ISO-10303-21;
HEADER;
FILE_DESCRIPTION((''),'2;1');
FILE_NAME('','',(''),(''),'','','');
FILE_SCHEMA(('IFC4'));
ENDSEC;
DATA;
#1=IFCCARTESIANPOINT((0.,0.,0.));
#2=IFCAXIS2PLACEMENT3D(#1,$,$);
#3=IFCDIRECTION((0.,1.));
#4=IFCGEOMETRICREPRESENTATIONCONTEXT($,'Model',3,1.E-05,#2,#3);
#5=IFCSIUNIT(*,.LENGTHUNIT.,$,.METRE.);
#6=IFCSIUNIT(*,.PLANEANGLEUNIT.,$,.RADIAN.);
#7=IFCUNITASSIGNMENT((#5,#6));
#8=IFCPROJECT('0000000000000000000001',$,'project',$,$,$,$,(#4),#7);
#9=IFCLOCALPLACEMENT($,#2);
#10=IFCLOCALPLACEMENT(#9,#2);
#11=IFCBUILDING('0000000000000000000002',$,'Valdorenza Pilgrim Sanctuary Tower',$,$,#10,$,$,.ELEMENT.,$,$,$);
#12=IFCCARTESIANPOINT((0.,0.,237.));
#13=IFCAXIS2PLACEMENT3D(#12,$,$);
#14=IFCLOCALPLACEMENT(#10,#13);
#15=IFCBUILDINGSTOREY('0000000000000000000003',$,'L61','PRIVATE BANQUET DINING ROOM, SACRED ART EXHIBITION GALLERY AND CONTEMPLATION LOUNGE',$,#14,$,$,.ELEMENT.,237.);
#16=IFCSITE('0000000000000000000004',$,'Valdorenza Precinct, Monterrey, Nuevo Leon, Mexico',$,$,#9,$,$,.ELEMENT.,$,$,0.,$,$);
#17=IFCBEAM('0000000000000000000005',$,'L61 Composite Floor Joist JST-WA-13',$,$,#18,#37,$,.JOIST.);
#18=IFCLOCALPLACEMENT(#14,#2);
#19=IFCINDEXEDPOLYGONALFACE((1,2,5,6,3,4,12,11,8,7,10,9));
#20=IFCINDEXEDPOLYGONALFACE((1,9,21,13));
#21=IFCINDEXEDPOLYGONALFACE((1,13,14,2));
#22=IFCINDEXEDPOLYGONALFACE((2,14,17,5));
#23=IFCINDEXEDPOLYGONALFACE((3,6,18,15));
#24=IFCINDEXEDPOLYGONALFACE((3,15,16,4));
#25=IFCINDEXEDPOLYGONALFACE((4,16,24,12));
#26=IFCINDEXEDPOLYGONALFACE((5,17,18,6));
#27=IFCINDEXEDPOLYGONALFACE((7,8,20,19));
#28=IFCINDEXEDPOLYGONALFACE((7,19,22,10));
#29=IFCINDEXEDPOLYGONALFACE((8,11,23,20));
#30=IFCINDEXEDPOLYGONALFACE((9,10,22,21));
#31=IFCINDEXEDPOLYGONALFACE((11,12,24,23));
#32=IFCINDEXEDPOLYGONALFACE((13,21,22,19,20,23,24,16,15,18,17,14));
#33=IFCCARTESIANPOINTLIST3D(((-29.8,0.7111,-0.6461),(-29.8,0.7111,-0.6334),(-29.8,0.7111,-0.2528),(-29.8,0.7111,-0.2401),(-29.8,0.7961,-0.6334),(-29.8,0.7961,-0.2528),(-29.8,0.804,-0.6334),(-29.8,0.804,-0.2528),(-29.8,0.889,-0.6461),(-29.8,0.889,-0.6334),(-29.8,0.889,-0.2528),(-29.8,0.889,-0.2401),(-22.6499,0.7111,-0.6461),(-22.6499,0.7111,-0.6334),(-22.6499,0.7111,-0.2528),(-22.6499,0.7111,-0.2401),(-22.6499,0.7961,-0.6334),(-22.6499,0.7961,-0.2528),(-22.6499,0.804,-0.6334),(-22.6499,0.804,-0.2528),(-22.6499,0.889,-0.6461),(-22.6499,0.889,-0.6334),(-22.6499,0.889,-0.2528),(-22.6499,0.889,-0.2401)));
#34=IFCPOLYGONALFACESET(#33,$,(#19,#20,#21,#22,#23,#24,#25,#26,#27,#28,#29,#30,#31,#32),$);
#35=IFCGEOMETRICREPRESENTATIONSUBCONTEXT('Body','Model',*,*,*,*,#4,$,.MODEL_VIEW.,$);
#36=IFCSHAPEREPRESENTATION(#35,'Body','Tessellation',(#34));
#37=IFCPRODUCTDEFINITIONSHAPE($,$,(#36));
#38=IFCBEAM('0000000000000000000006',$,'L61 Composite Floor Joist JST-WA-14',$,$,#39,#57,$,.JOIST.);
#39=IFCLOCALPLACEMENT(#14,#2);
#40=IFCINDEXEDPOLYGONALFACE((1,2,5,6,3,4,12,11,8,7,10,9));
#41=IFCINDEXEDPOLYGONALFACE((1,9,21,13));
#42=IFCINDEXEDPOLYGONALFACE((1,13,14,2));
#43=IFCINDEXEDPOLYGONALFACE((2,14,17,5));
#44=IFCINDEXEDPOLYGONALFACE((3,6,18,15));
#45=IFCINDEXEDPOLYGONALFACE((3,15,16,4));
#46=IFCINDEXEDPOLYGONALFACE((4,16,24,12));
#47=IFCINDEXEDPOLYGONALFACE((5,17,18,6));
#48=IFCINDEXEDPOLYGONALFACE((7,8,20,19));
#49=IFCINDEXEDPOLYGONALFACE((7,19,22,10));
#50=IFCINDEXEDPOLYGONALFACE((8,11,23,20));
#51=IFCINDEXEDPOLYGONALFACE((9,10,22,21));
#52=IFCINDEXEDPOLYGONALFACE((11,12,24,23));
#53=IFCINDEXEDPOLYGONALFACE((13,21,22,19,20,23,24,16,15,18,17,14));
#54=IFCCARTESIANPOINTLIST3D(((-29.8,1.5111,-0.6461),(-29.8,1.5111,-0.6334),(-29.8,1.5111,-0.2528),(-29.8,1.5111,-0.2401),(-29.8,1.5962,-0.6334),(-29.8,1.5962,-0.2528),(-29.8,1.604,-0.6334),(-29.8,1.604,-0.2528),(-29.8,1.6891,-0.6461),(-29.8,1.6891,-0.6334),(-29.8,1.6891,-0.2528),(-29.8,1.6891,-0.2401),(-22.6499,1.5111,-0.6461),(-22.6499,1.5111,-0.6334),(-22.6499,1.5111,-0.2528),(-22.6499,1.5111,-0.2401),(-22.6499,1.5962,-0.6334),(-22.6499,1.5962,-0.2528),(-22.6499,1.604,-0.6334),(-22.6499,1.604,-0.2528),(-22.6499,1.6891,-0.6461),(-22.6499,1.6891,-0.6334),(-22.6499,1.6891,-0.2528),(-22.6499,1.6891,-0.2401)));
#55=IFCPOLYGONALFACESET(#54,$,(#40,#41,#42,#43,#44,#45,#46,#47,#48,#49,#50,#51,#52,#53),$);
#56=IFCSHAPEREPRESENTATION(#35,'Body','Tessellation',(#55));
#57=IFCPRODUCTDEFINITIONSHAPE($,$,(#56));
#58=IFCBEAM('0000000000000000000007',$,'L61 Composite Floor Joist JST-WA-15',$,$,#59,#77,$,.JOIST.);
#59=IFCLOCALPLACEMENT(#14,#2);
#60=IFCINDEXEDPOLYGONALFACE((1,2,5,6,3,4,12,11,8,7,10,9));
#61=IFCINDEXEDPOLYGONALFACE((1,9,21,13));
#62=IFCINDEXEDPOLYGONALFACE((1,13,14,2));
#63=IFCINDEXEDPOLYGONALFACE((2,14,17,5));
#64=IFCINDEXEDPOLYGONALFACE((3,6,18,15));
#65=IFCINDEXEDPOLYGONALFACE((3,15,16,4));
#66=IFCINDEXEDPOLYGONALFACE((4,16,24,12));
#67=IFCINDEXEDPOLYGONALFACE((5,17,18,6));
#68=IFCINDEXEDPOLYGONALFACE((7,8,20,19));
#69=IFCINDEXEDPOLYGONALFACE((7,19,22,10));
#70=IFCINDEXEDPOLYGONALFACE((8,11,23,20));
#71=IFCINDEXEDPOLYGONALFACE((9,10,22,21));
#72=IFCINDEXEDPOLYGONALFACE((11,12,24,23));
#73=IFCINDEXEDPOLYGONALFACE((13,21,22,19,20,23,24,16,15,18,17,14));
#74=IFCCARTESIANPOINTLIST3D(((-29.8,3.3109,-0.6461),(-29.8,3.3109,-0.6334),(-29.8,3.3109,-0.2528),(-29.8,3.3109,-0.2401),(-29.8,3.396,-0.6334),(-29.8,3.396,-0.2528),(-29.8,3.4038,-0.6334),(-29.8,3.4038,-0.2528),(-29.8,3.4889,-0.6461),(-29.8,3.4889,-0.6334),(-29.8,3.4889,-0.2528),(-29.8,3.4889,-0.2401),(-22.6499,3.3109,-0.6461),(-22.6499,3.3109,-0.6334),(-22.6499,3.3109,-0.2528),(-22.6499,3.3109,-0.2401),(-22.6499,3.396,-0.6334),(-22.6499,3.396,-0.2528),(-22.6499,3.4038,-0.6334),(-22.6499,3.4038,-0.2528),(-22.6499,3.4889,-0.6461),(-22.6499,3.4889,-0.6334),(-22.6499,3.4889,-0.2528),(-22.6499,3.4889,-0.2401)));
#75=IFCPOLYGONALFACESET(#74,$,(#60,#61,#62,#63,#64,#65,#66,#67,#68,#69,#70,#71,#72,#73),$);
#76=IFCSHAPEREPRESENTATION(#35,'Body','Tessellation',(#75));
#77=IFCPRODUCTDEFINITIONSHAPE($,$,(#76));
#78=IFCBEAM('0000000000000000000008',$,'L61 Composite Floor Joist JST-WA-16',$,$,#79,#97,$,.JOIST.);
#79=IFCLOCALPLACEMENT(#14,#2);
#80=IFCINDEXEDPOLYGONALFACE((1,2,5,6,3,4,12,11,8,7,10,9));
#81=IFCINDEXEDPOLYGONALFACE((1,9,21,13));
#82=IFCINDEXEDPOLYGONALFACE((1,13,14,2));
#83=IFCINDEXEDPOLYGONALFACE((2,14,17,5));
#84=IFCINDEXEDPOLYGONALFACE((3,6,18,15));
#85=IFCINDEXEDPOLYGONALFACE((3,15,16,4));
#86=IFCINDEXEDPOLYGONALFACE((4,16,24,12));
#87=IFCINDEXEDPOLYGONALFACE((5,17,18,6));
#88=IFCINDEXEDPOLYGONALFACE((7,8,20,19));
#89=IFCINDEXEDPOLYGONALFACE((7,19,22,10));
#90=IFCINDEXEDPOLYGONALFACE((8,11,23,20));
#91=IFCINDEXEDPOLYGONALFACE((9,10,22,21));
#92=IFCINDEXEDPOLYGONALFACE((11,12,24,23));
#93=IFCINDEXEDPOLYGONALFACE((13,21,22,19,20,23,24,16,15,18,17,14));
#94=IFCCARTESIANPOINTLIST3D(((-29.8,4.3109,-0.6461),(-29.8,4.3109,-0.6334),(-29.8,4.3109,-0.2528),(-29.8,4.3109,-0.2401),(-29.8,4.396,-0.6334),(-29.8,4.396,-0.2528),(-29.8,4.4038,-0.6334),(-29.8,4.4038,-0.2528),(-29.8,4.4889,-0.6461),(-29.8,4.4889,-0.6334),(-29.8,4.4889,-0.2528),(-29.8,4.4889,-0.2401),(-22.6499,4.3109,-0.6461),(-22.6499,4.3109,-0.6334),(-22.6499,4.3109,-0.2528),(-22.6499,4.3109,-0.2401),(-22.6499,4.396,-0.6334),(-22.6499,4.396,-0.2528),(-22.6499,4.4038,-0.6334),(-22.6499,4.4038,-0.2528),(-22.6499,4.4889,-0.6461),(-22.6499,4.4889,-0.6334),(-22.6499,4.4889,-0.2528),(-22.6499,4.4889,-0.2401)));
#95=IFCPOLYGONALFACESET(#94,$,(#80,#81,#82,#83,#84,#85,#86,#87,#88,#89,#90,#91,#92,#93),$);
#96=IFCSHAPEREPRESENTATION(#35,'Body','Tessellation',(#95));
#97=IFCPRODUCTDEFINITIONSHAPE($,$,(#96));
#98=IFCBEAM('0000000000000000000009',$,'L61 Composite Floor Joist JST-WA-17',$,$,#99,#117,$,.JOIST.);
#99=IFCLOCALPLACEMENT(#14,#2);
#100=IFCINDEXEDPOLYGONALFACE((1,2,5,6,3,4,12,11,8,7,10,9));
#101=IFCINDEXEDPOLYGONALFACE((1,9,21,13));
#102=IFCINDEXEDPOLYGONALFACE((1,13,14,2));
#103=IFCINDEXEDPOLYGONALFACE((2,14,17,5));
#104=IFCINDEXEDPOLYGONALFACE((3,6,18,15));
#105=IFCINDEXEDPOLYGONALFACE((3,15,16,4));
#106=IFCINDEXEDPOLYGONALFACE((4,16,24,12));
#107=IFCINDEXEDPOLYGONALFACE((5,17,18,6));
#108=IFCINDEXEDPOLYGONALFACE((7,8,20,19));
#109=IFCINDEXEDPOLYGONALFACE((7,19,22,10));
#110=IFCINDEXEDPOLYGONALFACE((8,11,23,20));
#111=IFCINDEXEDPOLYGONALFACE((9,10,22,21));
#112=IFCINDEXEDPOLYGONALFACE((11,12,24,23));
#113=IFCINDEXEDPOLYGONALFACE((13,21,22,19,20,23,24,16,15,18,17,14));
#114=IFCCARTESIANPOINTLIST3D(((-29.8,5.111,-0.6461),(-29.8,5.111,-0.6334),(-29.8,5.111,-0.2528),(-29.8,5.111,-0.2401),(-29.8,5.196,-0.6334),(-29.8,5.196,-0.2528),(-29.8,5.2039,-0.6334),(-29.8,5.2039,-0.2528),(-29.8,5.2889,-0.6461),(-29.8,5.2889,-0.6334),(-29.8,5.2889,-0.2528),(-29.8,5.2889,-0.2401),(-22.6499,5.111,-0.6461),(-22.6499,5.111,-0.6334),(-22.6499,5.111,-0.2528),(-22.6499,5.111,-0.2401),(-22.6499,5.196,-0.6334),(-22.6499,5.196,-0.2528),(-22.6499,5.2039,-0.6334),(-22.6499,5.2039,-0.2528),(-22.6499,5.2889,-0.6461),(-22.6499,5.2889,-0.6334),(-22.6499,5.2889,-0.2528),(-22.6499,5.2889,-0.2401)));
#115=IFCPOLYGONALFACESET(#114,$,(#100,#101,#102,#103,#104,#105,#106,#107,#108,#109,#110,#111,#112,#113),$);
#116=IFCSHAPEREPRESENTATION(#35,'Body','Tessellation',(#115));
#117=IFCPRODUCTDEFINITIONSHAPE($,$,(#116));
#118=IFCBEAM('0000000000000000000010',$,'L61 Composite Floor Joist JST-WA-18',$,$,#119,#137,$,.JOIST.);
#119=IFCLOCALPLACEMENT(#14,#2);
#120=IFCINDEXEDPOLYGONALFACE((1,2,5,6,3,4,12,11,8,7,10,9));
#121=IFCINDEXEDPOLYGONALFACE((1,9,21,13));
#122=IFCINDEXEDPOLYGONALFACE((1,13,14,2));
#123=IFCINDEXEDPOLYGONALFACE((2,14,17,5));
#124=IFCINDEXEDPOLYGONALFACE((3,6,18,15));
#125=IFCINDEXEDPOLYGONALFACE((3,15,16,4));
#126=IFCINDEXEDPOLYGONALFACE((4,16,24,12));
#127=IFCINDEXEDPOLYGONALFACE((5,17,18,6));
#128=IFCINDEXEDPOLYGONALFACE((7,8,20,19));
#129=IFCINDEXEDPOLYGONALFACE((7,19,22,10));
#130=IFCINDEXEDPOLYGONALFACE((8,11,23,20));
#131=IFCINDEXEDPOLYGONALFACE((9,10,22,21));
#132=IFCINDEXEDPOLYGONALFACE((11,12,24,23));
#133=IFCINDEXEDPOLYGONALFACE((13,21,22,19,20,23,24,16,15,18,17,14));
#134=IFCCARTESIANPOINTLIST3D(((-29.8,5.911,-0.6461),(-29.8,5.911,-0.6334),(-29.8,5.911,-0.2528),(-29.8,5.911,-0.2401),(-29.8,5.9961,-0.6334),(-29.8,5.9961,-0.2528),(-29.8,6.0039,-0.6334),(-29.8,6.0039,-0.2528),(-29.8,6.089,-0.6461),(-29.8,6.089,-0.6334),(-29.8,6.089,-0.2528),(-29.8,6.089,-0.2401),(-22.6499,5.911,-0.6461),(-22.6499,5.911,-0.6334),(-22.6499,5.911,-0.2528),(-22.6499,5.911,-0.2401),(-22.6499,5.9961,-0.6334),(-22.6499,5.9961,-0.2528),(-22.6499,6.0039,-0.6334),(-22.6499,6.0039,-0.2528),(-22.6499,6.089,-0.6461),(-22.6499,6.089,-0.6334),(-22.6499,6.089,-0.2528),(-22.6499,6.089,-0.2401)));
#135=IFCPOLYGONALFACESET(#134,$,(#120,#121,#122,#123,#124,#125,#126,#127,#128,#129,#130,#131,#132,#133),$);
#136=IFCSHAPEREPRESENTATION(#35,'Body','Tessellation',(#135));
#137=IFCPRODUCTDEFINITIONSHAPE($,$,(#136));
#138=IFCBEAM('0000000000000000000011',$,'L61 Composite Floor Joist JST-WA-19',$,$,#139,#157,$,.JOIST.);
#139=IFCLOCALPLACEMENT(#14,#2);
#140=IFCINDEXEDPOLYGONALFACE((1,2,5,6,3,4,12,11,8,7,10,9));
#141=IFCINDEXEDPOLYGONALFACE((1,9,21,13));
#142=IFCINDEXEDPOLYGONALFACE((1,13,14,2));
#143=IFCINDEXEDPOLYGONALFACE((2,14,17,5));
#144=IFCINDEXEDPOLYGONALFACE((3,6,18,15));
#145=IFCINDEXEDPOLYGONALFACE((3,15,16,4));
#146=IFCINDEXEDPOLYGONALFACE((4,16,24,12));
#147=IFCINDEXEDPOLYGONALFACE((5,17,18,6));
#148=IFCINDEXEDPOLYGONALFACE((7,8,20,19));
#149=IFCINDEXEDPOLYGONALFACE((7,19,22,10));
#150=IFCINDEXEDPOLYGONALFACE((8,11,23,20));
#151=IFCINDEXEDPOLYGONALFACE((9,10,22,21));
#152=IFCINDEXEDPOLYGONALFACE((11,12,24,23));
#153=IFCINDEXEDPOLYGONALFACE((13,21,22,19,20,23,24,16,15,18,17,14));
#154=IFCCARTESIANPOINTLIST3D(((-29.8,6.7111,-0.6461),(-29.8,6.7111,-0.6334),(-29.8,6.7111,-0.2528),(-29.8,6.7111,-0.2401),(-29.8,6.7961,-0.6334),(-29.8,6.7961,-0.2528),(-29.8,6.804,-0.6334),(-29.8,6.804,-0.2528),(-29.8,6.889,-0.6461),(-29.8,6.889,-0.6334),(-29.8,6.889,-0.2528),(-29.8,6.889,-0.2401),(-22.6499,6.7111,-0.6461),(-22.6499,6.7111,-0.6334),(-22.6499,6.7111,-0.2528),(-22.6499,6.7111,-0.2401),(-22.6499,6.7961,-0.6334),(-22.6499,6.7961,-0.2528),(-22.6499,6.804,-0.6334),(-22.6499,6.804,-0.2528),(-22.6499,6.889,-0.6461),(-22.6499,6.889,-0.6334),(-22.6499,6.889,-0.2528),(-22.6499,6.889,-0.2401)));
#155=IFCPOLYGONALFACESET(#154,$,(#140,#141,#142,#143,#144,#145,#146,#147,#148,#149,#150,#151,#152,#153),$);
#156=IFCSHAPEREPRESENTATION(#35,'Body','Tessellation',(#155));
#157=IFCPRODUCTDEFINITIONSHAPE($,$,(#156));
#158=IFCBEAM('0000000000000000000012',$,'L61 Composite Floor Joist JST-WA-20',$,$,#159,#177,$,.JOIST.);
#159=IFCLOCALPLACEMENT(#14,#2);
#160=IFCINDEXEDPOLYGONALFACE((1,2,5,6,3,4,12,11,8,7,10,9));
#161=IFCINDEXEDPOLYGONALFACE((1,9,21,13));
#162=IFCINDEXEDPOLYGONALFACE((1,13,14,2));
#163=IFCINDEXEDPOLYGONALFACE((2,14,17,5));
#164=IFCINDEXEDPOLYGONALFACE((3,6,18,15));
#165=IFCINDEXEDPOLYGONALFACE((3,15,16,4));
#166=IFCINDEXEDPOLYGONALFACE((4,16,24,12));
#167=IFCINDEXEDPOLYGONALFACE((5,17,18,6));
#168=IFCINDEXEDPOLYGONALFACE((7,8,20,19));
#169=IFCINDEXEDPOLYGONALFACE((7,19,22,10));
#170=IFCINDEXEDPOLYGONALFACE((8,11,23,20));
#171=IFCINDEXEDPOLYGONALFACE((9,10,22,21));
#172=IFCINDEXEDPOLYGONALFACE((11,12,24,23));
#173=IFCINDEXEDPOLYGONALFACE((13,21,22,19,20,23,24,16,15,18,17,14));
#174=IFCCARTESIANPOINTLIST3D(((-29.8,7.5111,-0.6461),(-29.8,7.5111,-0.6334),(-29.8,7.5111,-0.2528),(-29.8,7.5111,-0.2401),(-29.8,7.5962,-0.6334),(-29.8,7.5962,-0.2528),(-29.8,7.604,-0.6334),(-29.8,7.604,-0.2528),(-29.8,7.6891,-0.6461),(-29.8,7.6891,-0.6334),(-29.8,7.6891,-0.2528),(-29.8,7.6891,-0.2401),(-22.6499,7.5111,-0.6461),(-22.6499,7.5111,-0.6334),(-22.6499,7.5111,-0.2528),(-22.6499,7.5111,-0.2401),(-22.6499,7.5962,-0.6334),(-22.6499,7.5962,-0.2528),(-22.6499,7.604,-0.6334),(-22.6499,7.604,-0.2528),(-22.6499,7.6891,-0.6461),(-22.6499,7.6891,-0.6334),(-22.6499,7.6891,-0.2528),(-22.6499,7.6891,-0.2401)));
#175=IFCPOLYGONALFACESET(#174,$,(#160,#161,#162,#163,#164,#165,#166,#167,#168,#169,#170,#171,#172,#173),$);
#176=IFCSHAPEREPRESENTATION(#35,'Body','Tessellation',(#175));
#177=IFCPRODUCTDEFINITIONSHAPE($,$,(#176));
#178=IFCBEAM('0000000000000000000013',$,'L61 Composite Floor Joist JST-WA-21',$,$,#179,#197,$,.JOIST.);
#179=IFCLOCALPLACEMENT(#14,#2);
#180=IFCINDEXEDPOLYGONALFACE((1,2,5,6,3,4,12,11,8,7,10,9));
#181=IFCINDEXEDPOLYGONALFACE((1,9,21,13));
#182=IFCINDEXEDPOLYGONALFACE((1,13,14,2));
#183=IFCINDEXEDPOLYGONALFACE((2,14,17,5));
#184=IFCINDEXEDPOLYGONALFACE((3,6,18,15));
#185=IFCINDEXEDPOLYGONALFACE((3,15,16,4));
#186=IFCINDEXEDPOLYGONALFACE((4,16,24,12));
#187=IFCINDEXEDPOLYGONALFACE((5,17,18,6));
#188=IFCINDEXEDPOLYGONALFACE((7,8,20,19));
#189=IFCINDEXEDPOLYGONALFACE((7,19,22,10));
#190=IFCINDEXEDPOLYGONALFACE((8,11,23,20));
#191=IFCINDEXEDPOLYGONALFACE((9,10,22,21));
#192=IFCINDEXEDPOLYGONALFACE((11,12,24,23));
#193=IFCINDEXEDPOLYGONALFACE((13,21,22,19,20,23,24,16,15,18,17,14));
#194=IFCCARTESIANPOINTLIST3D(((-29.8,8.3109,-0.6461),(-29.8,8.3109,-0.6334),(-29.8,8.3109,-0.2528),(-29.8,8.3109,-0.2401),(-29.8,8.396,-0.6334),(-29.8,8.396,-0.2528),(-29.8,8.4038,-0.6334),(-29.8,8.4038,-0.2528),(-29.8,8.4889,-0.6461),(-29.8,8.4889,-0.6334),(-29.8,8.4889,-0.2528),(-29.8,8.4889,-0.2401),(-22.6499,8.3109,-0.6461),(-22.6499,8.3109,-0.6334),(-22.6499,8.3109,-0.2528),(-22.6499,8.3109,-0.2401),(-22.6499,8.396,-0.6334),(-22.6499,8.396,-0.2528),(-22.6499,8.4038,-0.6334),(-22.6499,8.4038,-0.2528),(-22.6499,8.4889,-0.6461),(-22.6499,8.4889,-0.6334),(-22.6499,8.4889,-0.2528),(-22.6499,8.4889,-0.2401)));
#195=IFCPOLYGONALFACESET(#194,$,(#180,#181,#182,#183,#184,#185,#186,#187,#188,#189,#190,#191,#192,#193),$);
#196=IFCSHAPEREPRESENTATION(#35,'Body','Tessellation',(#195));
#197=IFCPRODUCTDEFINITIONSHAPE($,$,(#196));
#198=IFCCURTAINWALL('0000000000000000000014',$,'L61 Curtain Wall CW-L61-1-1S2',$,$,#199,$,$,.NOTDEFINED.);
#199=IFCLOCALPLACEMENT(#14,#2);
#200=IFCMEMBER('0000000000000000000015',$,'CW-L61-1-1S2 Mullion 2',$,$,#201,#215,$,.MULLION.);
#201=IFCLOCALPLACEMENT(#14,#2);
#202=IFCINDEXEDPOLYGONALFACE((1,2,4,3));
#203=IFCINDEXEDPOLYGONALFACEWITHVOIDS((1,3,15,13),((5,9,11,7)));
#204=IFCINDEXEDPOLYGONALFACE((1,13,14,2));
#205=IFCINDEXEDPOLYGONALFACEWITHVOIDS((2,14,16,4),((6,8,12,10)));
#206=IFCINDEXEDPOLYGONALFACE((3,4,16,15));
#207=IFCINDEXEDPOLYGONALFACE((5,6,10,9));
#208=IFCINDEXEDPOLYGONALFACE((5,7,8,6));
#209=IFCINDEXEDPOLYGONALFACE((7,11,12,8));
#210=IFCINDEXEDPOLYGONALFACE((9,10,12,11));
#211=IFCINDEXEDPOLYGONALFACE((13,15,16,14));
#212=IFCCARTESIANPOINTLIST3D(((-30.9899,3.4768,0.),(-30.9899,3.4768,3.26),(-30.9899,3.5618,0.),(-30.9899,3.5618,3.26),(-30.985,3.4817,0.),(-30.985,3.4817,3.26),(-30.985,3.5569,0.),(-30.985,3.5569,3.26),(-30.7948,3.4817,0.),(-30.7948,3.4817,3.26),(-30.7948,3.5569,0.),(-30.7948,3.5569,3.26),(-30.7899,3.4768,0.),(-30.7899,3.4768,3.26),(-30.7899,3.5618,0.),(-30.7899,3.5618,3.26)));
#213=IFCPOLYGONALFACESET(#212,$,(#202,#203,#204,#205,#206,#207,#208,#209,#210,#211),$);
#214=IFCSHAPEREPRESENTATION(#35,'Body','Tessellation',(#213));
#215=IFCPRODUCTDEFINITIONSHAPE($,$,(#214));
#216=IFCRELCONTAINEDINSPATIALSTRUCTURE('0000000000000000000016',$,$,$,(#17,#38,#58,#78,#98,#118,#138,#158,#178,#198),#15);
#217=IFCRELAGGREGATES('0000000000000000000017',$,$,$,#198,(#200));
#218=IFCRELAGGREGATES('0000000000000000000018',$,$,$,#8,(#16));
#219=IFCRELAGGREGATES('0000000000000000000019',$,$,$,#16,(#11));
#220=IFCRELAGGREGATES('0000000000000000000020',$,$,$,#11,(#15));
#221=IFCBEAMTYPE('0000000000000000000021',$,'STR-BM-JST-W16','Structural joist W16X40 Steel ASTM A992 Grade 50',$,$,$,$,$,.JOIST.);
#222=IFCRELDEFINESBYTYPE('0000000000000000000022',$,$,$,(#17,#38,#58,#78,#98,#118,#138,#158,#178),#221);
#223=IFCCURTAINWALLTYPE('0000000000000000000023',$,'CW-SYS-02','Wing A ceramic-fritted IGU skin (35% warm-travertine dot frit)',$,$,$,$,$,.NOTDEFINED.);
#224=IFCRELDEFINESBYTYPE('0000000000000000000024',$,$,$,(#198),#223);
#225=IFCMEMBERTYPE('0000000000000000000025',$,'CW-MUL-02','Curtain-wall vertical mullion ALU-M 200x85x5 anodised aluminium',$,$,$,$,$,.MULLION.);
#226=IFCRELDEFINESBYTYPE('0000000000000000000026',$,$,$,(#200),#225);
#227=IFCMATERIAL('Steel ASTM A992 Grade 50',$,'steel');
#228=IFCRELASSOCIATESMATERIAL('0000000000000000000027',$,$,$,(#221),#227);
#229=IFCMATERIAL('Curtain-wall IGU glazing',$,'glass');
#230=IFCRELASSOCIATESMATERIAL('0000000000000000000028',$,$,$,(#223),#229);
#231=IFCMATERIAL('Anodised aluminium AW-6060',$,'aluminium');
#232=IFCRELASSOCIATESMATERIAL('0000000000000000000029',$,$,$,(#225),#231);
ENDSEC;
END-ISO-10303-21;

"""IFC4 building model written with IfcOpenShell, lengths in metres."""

from ifc_helpers import new_model, si_unit, direction, frame, origin, origin_2d, place, context, subcontext, project, spatial, hollow_rectangle, i_section, extrude, source, transform, mapped, material, material_profile, profile_set, type_object, element, aggregate, save


model = new_model("IFC4")

# Units and contexts
model_context = context("Model", 3, precision=1e-05, world=origin(), true_north=direction((0.0, 1.0)))
body_context = subcontext(model_context, "Body", "Model", "MODEL_VIEW")
ifc_project = project(units=[si_unit("LENGTHUNIT", "METRE"), si_unit("PLANEANGLEUNIT", "RADIAN")], contexts=[model_context])

# Site, building, storey
site_placement = place(None, origin())
site = spatial("IfcSite", under=ifc_project, at=site_placement, Name="Valdorenza Precinct, Monterrey, Nuevo Leon, Mexico", CompositionType="ELEMENT", RefElevation=0.0)
building_placement = place(site_placement, origin())
building = spatial("IfcBuilding", under=site, at=building_placement, Name="Valdorenza Pilgrim Sanctuary Tower", CompositionType="ELEMENT")
storey_placement = place(building_placement, frame((0.0, 0.0, 237.0)))
storey = spatial("IfcBuildingStorey", under=building, at=storey_placement, Name="L61", Description="PRIVATE BANQUET DINING ROOM, SACRED ART EXHIBITION GALLERY AND CONTEMPLATION LOUNGE", CompositionType="ELEMENT", Elevation=237.0)

# Beams
ifc_material_1 = material(Name="Steel ASTM A992 Grade 50", Category="steel")
ifc_material_profile_1 = material_profile(ifc_material_1, i_section(OverallWidth=0.178, OverallDepth=0.406, WebThickness=0.0078, FlangeThickness=0.0127, at=origin_2d()), Name="W16X40")
ifc_profile_set_1 = profile_set([ifc_material_profile_1], Name="Steel ASTM A992 Grade 50")
beam_type = type_object("IfcBeamType", Name="STR-BM-JST-W16", Description="Structural joist W16X40 Steel ASTM A992 Grade 50", PredefinedType="JOIST", material=ifc_profile_set_1)
shared_shape_1 = source(origin(), body_context, "Body", "SweptSolid", [
    extrude(i_section(OverallWidth=0.178, OverallDepth=0.406, WebThickness=0.0078, FlangeThickness=0.0127, at=origin_2d()), origin(), (0.0, 0.0, 1.0), 7.1501),
])
for number, where, z_axis, x_axis, name in (
    (1, (-29.8, 0.8, -0.4431), (1.0, 0.0, 0.0), (0.0, 1.0, 0.0), "L61 Composite Floor Joist JST-WA-13"),
    (2, (-29.8, 1.6001, -0.4431), (1.0, 0.0, 0.0), (0.0, 1.0, 0.0), "L61 Composite Floor Joist JST-WA-14"),
    (3, (-29.8, 3.3999, -0.4431), (1.0, 0.0, 0.0), (0.0, 1.0, 0.0), "L61 Composite Floor Joist JST-WA-15"),
    (4, (-29.8, 4.3999, -0.4431), (1.0, 0.0, 0.0), (0.0, 1.0, 0.0), "L61 Composite Floor Joist JST-WA-16"),
    (5, (-29.8, 5.2, -0.4431), (1.0, 0.0, 0.0), (0.0, 1.0, 0.0), "L61 Composite Floor Joist JST-WA-17"),
    (6, (-29.8, 6.0, -0.4431), (1.0, 0.0, 0.0), (0.0, 1.0, 0.0), "L61 Composite Floor Joist JST-WA-18"),
    (7, (-29.8, 6.8, -0.4431), (1.0, 0.0, 0.0), (0.0, 1.0, 0.0), "L61 Composite Floor Joist JST-WA-19"),
    (8, (-29.8, 7.6001, -0.4431), (1.0, 0.0, 0.0), (0.0, 1.0, 0.0), "L61 Composite Floor Joist JST-WA-20"),
    (9, (-29.8, 8.3999, -0.4431), (1.0, 0.0, 0.0), (0.0, 1.0, 0.0), "L61 Composite Floor Joist JST-WA-21"),
):
    element("IfcBeam", number, at=place(storey_placement, frame(where, z_axis=z_axis, x_axis=x_axis)), inside=storey, type_object=beam_type, Name=name, PredefinedType="JOIST", context=body_context, shape_type="MappedRepresentation", body=[
        mapped(shared_shape_1, transform((0.0, 0.0, 0.0), x_axis=(1.0, 0.0, 0.0), y_axis=(0.0, 1.0, 0.0), z_axis=(0.0, 0.0, 1.0), scale=1.0)),
    ])

# Curtain wall, member
ifc_material_2 = material(Name="Curtain-wall IGU glazing", Category="glass")
curtain_wall_type = type_object("IfcCurtainWallType", Name="CW-SYS-02", Description="Wing A ceramic-fritted IGU skin (35% warm-travertine dot frit)", PredefinedType="NOTDEFINED", material=ifc_material_2)
curtain_wall_placement = place(storey_placement, origin())
curtain_wall = element("IfcCurtainWall", 10, at=curtain_wall_placement, inside=storey, type_object=curtain_wall_type, Name="L61 Curtain Wall CW-L61-1-1S2", PredefinedType="NOTDEFINED")
ifc_material_3 = material(Name="Anodised aluminium AW-6060", Category="aluminium")
ifc_material_profile_2 = material_profile(ifc_material_3, hollow_rectangle(XDim=0.085, YDim=0.2, WallThickness=0.0049, at=origin_2d()), Name="ALU-M 200x85x5")
ifc_profile_set_2 = profile_set([ifc_material_profile_2], Name="Anodised aluminium AW-6060")
member_type = type_object("IfcMemberType", Name="CW-MUL-02", Description="Curtain-wall vertical mullion ALU-M 200x85x5 anodised aluminium", PredefinedType="MULLION", material=ifc_profile_set_2)
shared_shape_2 = source(origin(), body_context, "Body", "SweptSolid", [
    extrude(hollow_rectangle(XDim=0.085, YDim=0.2, WallThickness=0.0049, at=origin_2d()), origin(), (0.0, 0.0, 1.0), 3.26),
])
member_placement = place(storey_placement, frame((-30.8899, 3.5193, 0.0), z_axis=(0.0, 0.0, 1.0), x_axis=(0.0, 1.0, 0.0)))
member = element("IfcMember", 11, at=member_placement, type_object=member_type, Name="CW-L61-1-1S2 Mullion 2", PredefinedType="MULLION", context=body_context, shape_type="MappedRepresentation", body=[
    mapped(shared_shape_2, transform((0.0, 0.0, 0.0), x_axis=(1.0, 0.0, 0.0), y_axis=(0.0, 1.0, 0.0), z_axis=(0.0, 0.0, 1.0), scale=1.0)),
])
aggregate(curtain_wall, [member])

save(model, "model.ifc")
